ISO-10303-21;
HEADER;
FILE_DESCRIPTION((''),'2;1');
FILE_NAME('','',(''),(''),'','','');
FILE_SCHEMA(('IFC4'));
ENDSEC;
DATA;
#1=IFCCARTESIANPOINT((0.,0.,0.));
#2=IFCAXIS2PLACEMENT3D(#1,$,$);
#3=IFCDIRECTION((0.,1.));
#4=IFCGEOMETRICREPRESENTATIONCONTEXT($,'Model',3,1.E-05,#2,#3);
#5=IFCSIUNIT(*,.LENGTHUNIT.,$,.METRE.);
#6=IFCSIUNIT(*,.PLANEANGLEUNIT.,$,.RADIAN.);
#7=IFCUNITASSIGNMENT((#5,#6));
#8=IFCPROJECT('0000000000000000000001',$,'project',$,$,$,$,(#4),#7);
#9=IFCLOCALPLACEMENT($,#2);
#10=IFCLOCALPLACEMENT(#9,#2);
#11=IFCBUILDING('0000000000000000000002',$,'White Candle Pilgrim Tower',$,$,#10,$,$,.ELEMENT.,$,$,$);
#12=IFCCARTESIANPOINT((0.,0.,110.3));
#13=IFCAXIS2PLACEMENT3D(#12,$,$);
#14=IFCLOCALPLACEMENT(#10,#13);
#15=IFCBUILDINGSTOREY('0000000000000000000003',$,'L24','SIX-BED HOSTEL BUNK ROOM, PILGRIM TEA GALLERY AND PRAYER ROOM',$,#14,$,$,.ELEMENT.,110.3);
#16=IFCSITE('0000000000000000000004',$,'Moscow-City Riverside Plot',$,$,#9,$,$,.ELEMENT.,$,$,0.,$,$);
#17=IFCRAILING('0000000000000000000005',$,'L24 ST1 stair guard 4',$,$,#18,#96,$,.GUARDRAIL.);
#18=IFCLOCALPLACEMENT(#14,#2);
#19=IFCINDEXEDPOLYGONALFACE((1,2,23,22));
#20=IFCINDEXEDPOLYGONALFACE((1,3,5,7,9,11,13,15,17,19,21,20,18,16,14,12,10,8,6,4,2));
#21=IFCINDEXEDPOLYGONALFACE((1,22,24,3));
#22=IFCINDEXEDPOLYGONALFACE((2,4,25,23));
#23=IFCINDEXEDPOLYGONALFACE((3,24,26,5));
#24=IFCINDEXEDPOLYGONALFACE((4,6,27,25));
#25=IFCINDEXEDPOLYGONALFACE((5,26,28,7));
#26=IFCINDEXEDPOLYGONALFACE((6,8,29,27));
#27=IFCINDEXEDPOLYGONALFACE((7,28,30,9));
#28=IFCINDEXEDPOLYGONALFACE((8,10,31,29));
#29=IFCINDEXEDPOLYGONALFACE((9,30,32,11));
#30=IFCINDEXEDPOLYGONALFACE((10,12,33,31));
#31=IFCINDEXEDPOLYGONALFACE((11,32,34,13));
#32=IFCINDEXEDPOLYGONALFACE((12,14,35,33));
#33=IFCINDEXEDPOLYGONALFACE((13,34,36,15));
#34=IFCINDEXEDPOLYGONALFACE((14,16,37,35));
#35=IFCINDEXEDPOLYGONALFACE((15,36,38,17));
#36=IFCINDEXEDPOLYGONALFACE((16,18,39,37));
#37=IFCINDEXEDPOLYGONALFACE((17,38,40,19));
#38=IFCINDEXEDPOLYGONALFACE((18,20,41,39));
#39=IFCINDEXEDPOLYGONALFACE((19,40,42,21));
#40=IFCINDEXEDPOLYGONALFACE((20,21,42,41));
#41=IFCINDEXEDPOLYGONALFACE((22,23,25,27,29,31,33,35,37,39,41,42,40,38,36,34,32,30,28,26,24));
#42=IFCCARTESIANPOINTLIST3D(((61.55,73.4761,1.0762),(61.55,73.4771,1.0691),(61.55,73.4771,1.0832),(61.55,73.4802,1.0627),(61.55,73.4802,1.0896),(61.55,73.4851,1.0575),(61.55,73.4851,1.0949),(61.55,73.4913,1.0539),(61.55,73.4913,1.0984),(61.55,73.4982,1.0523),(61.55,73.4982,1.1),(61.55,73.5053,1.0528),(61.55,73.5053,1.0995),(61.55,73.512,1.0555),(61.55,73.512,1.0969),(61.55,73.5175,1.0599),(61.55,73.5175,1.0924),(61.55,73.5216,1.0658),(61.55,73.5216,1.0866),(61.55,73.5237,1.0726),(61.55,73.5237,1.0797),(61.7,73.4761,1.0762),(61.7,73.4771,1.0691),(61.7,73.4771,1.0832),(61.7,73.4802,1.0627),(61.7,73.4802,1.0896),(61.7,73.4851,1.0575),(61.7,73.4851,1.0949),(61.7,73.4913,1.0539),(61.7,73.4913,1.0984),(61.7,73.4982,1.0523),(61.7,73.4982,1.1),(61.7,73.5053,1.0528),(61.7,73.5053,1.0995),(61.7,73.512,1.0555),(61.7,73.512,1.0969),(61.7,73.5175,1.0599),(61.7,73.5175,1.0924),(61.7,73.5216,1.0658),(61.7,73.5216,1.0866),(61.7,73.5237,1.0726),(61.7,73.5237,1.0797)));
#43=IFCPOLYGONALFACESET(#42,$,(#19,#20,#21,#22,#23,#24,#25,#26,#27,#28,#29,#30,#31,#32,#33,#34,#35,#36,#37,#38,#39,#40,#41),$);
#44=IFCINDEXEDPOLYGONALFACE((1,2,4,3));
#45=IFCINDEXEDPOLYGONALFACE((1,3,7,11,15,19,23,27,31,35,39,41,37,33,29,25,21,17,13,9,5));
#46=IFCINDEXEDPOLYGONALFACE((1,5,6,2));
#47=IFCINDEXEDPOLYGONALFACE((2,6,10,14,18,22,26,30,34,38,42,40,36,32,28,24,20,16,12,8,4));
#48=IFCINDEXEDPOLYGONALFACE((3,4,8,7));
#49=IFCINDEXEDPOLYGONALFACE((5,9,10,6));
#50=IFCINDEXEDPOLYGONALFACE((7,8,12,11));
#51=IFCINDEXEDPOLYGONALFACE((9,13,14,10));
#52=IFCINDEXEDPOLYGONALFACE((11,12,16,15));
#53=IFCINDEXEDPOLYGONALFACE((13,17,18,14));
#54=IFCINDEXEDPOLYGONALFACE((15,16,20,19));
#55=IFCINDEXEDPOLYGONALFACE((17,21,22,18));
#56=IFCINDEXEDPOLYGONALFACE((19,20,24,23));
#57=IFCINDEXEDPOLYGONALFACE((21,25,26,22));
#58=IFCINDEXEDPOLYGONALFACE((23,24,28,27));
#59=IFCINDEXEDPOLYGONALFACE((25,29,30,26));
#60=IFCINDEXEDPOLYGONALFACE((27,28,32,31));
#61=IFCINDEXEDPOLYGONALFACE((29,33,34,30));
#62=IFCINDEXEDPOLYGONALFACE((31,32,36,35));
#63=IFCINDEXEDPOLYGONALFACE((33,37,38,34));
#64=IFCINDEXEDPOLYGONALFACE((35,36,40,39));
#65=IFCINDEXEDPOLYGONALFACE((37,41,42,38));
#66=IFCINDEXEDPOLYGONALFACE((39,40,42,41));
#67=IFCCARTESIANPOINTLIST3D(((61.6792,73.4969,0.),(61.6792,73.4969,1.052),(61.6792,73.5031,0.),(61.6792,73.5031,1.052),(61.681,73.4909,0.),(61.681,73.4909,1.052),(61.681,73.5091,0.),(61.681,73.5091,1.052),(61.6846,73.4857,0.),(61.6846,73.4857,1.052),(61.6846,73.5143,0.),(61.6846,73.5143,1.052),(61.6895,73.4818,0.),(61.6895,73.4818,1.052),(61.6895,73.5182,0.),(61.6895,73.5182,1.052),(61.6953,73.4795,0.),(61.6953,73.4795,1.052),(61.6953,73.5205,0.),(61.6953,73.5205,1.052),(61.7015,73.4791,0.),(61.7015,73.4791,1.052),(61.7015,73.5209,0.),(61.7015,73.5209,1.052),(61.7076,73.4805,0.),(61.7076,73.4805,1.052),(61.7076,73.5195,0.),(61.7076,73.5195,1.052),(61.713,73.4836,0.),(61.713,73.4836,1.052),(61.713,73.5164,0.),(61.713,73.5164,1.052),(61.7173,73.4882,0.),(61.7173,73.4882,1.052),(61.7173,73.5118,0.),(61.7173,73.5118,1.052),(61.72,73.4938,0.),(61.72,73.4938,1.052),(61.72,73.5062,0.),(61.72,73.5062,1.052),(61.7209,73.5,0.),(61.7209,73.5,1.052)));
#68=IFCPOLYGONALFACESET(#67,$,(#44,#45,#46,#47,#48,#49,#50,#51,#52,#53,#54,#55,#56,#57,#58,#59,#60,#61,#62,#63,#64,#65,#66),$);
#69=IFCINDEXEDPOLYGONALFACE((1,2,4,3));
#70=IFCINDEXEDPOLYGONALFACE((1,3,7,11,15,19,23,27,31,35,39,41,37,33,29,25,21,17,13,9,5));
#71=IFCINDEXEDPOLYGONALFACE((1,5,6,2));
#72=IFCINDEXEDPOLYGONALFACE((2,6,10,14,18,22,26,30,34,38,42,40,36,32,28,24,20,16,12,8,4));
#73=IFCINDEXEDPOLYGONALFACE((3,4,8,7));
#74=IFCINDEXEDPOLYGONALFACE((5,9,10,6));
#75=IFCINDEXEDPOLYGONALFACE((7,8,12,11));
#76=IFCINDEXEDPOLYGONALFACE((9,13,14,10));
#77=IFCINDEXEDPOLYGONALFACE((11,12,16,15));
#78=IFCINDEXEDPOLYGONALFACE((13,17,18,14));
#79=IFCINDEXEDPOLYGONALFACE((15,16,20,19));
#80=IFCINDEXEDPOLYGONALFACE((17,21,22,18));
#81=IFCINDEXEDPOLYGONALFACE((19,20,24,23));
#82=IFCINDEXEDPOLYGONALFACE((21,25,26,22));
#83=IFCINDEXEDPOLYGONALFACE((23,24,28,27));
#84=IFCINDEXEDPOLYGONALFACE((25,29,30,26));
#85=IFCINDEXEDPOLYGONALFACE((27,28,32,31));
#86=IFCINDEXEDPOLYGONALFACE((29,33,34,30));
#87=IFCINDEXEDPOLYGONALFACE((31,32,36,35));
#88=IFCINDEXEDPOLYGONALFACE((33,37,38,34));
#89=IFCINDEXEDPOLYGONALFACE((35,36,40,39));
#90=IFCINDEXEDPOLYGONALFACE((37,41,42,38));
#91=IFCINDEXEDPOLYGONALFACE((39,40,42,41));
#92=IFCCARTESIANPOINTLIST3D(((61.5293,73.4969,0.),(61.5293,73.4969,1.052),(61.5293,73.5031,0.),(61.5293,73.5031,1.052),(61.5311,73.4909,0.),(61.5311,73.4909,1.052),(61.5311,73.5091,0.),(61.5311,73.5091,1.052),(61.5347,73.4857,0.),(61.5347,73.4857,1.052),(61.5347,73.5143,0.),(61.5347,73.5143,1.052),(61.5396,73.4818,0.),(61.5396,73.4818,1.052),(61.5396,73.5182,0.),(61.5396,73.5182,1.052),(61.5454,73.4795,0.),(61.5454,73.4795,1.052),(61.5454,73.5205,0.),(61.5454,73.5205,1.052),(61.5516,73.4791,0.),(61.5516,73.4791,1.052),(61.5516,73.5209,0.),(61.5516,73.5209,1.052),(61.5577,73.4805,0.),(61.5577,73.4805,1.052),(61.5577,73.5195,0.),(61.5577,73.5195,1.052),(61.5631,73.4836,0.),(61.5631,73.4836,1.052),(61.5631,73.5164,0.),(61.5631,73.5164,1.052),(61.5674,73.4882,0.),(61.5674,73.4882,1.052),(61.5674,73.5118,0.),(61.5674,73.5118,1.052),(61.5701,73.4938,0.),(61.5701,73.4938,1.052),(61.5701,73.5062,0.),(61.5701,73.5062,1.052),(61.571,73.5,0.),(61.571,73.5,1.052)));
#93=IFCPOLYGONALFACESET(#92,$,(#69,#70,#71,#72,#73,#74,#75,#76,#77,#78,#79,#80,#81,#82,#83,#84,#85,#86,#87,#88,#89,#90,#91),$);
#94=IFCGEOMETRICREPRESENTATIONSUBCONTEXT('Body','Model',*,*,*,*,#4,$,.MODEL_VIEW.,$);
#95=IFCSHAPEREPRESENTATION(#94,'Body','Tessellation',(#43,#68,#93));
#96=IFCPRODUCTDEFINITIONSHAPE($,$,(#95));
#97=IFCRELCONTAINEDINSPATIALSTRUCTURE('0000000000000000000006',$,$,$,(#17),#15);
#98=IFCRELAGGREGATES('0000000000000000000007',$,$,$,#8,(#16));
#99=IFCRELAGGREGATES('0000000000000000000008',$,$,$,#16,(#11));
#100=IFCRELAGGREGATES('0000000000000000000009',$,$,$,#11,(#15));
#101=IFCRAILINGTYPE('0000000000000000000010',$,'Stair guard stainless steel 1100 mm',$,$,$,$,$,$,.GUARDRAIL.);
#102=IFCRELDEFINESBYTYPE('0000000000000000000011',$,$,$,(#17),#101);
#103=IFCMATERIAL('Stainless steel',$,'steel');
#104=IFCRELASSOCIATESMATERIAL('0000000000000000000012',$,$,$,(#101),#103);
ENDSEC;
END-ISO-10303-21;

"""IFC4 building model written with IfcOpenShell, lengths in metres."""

from ifc_helpers import new_model, si_unit, direction, frame, origin, origin_2d, place, context, subcontext, project, spatial, circle, extrude, material, type_object, element, save


model = new_model("IFC4")

# Units and contexts
model_context = context("Model", 3, precision=1e-05, world=origin(), true_north=direction((0.0, 1.0)))
body_context = subcontext(model_context, "Body", "Model", "MODEL_VIEW")
ifc_project = project(units=[si_unit("LENGTHUNIT", "METRE"), si_unit("PLANEANGLEUNIT", "RADIAN")], contexts=[model_context])

# Site, building, storey
site_placement = place(None, origin())
site = spatial("IfcSite", under=ifc_project, at=site_placement, Name="Moscow-City Riverside Plot", CompositionType="ELEMENT", RefElevation=0.0)
building_placement = place(site_placement, origin())
building = spatial("IfcBuilding", under=site, at=building_placement, Name="White Candle Pilgrim Tower", CompositionType="ELEMENT")
storey_placement = place(building_placement, frame((0.0, 0.0, 110.3)))
storey = spatial("IfcBuildingStorey", under=building, at=storey_placement, Name="L24", Description="SIX-BED HOSTEL BUNK ROOM, PILGRIM TEA GALLERY AND PRAYER ROOM", CompositionType="ELEMENT", Elevation=110.3)

# Shared definitions
ifc_material_1 = material(Name="Stainless steel", Category="steel")

# Railing
railing_type_1 = type_object("IfcRailingType", Name="Stair guard stainless steel 1100 mm", PredefinedType="GUARDRAIL", material=ifc_material_1)
railing_1_placement = place(storey_placement, frame((61.7, 73.5, 0.0)))
element("IfcRailing", 1, at=railing_1_placement, inside=storey, type_object=railing_type_1, Name="L24 ST1 stair guard 4", PredefinedType="GUARDRAIL", context=body_context, shape_type="SweptSolid", body=[
    extrude(circle(Radius=0.0239, at=origin_2d()), frame((0.0, 0.0, 1.0762), z_axis=(-1.0, 0.0, 0.0), x_axis=(0.0, -1.0, 0.0)), (0.0, 0.0, 1.0), 0.1499),
    extrude(circle(Radius=0.021, at=origin_2d()), origin(), (0.0, 0.0, 1.0), 1.052),
    extrude(circle(Radius=0.021, at=origin_2d()), frame((-0.1499, 0.0, 0.0)), (0.0, 0.0, 1.0), 1.052),
])

save(model, "model.ifc")
